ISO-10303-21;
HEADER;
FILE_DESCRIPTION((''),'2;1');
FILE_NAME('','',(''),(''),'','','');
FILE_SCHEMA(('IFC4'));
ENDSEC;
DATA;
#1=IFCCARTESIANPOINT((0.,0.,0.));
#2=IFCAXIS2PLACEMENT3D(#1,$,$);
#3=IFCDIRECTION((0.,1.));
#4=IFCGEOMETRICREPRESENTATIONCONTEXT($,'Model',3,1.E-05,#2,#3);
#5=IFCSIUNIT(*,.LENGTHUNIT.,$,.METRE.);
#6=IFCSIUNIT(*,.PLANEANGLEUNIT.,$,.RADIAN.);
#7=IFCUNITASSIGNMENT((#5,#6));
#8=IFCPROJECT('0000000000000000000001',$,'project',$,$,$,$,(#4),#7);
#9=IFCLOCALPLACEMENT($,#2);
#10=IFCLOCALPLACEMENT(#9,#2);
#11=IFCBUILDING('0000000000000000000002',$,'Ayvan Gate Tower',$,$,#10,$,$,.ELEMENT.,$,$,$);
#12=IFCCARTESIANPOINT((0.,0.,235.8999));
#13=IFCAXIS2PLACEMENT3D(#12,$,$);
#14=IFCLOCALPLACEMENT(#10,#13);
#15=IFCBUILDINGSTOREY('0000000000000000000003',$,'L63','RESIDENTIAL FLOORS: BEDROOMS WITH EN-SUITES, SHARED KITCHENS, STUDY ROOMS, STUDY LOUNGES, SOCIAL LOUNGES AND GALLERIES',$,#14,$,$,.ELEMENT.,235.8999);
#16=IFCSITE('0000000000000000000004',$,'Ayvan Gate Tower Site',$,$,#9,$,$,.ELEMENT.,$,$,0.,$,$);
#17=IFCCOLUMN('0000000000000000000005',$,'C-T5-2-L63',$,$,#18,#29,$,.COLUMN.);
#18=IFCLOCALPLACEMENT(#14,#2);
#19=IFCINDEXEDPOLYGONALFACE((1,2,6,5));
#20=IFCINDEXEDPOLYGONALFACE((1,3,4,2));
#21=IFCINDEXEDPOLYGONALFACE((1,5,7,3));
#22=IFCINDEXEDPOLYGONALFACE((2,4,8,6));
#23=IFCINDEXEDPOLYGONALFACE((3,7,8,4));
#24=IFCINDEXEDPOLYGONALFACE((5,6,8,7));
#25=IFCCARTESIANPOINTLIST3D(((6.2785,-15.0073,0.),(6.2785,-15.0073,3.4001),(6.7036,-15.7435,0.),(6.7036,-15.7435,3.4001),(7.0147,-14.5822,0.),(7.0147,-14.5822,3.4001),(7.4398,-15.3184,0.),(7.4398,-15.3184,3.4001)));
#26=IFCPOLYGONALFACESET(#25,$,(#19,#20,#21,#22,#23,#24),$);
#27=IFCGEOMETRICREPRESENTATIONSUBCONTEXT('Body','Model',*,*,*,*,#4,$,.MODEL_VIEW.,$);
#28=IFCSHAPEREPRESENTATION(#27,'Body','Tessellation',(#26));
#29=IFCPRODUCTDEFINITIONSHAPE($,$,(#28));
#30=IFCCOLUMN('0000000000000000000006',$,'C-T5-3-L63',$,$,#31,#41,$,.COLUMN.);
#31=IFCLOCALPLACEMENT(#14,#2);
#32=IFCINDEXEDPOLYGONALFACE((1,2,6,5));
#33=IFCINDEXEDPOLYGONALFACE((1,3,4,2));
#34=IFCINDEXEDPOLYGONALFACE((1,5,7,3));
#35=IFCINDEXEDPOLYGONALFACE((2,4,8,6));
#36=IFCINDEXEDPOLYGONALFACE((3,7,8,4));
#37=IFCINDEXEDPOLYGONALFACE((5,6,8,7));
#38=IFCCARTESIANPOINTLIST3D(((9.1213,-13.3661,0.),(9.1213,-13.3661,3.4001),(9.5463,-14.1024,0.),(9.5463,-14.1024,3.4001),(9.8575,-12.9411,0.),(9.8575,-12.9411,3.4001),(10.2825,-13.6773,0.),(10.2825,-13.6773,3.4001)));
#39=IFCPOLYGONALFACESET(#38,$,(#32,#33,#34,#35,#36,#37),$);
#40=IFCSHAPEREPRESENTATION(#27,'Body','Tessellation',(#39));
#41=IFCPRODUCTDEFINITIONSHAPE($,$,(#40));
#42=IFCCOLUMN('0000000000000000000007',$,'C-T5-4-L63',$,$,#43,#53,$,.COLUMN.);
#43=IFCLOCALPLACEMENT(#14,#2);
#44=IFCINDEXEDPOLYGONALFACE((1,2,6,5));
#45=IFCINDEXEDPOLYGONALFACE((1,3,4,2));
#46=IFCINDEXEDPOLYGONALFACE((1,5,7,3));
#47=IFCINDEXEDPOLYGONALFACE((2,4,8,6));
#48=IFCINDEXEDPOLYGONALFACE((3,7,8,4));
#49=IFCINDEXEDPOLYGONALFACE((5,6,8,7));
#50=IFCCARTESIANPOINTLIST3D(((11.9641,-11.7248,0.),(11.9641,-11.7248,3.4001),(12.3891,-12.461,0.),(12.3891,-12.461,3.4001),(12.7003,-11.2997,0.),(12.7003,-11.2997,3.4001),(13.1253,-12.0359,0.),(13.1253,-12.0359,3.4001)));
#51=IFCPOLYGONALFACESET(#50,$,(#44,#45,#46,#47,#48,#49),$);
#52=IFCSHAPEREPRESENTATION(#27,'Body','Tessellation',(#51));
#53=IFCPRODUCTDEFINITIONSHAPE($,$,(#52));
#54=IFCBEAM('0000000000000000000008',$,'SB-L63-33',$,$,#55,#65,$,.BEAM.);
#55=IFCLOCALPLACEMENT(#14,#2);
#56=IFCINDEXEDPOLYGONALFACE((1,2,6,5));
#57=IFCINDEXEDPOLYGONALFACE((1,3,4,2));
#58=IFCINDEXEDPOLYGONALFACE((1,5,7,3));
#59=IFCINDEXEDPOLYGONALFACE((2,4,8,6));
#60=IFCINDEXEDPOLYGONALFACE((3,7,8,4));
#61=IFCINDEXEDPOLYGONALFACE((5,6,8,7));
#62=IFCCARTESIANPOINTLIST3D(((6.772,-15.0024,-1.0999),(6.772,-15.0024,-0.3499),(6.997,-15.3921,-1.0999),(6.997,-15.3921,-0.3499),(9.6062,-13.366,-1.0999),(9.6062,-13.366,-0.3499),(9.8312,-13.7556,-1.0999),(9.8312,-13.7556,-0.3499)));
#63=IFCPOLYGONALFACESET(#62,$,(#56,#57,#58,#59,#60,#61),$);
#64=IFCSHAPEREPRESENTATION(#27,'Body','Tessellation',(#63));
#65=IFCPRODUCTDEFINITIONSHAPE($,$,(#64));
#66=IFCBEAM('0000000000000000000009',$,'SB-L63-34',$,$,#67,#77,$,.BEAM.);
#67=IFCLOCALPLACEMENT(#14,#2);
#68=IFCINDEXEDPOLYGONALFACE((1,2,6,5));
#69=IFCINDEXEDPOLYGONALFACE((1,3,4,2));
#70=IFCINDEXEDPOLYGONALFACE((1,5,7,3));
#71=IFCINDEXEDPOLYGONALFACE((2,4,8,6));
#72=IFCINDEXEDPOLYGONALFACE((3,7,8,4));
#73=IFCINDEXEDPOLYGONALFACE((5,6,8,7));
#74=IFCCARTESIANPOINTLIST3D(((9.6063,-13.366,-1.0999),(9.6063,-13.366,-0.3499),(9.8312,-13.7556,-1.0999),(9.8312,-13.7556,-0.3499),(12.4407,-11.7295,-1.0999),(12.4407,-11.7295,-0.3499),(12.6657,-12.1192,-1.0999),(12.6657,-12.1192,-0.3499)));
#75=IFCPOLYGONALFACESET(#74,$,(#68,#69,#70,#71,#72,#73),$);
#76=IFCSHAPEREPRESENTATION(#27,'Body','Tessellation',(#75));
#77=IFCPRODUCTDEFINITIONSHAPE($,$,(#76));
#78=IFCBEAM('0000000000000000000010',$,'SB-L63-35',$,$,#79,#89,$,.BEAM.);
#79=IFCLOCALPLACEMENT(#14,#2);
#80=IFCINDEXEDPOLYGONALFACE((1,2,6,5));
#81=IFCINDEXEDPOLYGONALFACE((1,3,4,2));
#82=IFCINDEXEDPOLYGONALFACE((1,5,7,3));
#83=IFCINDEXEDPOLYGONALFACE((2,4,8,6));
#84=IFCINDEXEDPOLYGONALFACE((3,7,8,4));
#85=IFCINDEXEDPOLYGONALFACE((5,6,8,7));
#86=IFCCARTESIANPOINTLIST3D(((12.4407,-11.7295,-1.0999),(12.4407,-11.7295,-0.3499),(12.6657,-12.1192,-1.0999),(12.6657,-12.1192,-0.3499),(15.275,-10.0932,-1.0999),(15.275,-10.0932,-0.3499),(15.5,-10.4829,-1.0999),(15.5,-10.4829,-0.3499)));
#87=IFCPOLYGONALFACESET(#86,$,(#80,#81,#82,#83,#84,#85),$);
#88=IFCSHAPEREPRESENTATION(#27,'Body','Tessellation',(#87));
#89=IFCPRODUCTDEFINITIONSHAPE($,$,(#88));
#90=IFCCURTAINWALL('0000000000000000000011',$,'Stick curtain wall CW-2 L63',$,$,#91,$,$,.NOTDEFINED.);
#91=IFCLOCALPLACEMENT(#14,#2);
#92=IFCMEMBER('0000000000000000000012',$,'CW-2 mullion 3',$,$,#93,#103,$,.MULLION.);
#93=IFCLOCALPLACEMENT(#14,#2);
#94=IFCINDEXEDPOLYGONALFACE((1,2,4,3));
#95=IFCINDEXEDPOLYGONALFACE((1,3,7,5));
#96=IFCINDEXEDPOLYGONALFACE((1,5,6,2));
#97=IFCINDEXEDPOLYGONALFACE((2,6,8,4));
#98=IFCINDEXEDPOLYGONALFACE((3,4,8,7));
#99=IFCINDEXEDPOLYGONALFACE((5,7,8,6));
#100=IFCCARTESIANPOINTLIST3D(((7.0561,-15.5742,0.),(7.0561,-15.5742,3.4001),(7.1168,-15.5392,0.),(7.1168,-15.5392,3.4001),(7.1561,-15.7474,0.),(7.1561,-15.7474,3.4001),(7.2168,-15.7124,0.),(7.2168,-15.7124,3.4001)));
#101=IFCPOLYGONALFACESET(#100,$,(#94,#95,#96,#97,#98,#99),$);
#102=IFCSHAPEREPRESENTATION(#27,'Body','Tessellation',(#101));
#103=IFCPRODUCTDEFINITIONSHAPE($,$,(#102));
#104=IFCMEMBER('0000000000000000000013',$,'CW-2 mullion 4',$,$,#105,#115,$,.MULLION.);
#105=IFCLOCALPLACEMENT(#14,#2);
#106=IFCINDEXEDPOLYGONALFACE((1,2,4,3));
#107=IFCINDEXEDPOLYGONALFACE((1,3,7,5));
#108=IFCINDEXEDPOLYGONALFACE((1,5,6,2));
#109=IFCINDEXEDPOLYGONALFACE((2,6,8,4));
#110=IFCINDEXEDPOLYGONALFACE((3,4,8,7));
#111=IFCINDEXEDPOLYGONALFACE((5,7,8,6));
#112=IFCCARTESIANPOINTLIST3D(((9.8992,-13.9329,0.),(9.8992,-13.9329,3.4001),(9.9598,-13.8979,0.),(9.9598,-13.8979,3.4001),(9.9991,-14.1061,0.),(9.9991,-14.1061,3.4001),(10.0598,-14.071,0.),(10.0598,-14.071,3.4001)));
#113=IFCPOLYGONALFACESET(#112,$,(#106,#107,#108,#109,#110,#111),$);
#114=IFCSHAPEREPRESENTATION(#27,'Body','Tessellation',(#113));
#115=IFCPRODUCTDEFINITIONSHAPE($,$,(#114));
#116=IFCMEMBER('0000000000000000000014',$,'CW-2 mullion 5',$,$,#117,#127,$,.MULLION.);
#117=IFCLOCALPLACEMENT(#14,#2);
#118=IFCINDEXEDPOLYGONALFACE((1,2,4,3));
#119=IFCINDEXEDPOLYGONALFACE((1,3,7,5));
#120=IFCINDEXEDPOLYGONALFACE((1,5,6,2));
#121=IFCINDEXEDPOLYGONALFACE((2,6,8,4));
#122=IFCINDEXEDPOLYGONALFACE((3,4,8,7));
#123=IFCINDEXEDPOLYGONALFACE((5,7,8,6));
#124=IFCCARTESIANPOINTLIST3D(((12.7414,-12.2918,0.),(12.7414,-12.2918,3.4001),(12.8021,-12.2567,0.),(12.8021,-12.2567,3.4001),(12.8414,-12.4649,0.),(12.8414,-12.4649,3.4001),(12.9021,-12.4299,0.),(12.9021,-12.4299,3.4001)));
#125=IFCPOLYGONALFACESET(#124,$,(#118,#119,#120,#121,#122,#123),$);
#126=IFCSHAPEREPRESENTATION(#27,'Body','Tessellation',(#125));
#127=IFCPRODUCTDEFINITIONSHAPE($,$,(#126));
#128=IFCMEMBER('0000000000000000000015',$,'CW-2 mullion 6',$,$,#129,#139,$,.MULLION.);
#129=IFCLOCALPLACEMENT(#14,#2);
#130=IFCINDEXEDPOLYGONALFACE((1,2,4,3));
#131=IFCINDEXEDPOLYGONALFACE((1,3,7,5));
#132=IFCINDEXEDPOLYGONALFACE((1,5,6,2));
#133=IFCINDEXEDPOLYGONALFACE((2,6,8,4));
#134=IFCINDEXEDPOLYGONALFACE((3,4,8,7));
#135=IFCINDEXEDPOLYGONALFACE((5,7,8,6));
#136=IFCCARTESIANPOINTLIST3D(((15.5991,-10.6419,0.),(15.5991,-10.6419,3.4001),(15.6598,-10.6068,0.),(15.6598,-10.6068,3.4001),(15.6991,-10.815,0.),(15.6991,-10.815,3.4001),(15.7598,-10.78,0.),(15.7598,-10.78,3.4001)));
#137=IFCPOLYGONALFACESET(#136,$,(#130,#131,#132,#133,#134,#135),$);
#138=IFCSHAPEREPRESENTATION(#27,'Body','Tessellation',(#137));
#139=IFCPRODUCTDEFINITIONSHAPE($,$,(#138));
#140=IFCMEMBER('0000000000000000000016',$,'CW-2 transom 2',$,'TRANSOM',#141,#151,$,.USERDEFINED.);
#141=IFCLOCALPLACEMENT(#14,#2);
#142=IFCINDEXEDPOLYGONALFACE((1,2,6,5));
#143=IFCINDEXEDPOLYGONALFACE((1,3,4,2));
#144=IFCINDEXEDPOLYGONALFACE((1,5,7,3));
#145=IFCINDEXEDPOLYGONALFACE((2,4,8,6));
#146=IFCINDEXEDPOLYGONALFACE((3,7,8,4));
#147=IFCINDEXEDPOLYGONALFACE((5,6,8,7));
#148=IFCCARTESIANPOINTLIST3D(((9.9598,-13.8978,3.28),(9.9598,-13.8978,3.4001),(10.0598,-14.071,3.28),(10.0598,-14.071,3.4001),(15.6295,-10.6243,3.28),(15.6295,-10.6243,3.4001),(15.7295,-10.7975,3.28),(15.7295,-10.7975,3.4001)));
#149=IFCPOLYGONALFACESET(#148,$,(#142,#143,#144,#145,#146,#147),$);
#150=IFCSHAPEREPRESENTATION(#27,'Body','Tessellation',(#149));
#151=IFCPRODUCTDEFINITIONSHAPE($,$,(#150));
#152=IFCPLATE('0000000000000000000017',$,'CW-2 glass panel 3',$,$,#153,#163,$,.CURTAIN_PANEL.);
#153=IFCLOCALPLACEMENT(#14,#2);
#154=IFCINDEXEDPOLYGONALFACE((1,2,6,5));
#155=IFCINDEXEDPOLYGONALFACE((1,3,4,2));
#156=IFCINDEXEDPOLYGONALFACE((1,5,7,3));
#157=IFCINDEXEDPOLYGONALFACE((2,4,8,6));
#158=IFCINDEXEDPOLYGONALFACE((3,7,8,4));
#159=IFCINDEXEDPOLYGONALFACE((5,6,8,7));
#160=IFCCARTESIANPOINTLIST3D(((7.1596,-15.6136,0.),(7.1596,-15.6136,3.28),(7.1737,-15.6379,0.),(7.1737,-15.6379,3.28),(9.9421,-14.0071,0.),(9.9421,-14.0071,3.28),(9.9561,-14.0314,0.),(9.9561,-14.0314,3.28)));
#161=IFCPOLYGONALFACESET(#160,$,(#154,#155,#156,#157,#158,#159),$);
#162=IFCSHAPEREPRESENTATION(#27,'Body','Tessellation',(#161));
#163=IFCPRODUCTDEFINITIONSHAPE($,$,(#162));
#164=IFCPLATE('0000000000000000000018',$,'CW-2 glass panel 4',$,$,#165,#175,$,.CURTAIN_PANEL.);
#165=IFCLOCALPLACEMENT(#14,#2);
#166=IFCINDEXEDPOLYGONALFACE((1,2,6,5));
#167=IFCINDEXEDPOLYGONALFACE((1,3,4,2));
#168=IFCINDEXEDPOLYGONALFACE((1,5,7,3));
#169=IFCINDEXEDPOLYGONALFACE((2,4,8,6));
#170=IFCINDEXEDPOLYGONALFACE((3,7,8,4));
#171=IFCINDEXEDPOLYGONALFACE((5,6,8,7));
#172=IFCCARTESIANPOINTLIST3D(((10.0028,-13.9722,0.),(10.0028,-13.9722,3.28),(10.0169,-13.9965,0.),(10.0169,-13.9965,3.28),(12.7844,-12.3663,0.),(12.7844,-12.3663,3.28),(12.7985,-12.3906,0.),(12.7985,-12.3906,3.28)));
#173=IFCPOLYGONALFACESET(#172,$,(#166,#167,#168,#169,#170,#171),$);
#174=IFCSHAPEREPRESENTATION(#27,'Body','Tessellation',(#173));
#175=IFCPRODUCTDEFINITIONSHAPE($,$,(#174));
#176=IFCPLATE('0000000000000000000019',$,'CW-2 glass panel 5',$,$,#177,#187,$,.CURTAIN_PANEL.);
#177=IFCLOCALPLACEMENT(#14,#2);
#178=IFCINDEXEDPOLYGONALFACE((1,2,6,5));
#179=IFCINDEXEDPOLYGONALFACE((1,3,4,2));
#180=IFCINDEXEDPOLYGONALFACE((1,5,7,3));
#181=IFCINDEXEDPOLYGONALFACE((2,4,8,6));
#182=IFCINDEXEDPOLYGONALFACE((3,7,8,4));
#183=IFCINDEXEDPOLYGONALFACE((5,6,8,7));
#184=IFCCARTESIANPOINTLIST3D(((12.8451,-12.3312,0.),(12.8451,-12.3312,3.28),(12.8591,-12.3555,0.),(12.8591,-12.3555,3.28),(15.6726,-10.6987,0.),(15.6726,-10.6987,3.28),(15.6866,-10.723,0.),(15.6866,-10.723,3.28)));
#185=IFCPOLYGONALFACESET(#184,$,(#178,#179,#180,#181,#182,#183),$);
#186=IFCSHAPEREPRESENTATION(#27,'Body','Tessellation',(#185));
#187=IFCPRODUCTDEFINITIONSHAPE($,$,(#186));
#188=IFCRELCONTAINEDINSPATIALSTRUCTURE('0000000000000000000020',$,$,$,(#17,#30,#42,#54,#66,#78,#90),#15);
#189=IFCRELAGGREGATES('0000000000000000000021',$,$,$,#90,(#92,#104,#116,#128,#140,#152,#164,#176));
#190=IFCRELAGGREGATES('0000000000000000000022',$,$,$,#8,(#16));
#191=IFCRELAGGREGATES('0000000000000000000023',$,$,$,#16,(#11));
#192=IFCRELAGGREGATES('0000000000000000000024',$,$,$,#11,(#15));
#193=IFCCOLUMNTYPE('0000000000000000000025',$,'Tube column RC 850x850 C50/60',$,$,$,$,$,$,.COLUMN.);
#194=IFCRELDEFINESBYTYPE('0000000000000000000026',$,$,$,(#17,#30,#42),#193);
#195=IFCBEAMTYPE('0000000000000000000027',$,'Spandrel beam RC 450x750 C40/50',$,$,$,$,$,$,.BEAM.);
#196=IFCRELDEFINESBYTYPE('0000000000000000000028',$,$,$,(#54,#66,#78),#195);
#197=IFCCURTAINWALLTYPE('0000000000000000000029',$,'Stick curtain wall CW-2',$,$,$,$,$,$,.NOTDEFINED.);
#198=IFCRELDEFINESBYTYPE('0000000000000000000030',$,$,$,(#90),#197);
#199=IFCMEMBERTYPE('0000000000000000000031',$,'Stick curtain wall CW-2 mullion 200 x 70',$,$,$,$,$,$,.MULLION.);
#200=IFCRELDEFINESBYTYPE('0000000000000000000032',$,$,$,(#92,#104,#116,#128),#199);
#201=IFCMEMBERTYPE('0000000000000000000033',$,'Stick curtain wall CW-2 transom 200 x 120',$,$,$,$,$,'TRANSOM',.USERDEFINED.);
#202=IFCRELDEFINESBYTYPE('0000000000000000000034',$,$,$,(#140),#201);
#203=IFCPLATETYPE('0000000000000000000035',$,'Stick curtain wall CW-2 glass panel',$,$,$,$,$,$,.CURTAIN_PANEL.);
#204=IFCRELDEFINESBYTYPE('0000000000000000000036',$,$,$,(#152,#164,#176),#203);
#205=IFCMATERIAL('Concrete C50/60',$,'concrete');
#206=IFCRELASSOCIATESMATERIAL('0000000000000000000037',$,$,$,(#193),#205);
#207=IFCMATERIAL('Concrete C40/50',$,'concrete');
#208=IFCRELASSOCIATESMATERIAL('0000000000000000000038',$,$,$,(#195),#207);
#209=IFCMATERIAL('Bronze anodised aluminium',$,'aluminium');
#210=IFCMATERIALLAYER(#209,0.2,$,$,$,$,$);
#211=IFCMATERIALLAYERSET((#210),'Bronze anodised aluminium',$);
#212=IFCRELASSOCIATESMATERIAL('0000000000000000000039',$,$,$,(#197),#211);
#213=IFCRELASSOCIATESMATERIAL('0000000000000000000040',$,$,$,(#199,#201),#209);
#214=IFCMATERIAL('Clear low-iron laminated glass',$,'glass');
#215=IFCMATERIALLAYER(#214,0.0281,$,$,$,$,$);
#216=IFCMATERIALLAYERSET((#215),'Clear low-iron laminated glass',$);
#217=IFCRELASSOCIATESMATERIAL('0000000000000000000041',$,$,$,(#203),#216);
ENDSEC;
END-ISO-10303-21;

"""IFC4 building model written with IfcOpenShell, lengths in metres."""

from ifc_helpers import new_model, si_unit, direction, frame, origin, origin_2d, place, context, subcontext, project, spatial, rectangle, extrude, material, layer, layer_set, material_profile, profile_set, type_object, element, aggregate, save


model = new_model("IFC4")

# Units and contexts
model_context = context("Model", 3, precision=1e-05, world=origin(), true_north=direction((0.0, 1.0)))
body_context = subcontext(model_context, "Body", "Model", "MODEL_VIEW")
ifc_project = project(units=[si_unit("LENGTHUNIT", "METRE"), si_unit("PLANEANGLEUNIT", "RADIAN")], contexts=[model_context])

# Site, building, storey
site_placement = place(None, origin())
site = spatial("IfcSite", under=ifc_project, at=site_placement, Name="Ayvan Gate Tower Site", CompositionType="ELEMENT", RefElevation=0.0)
building_placement = place(site_placement, origin())
building = spatial("IfcBuilding", under=site, at=building_placement, Name="Ayvan Gate Tower", CompositionType="ELEMENT")
storey_placement = place(building_placement, frame((0.0, 0.0, 235.8999)))
storey = spatial("IfcBuildingStorey", under=building, at=storey_placement, Name="L63", Description="RESIDENTIAL FLOORS: BEDROOMS WITH EN-SUITES, SHARED KITCHENS, STUDY ROOMS, STUDY LOUNGES, SOCIAL LOUNGES AND GALLERIES", CompositionType="ELEMENT", Elevation=235.8999)

# Columns
ifc_material_1 = material(Name="Concrete C50/60", Category="concrete")
ifc_material_profile_1 = material_profile(ifc_material_1, rectangle(XDim=0.8501, YDim=0.8501, at=origin_2d()), Name="RC 850x850")
ifc_profile_set_1 = profile_set([ifc_material_profile_1], Name="Concrete C50/60")
column_type = type_object("IfcColumnType", Name="Tube column RC 850x850 C50/60", PredefinedType="COLUMN", material=ifc_profile_set_1)
for number, where, z_axis, x_axis, name in (
    (1, (6.8591, -15.1628, 0.0), (0.0, 0.0, 1.0), (0.5, -0.866025, 0.0), "C-T5-2-L63"),
    (2, (9.7019, -13.5217, 0.0), (0.0, 0.0, 1.0), (0.5, -0.866025, 0.0), "C-T5-3-L63"),
    (3, (12.5447, -11.8804, 0.0), (0.0, 0.0, 1.0), (0.5, -0.866025, 0.0), "C-T5-4-L63"),
):
    element("IfcColumn", number, at=place(storey_placement, frame(where, z_axis=z_axis, x_axis=x_axis)), inside=storey, type_object=column_type, Name=name, PredefinedType="COLUMN", context=body_context, shape_type="SweptSolid", body=[
        extrude(rectangle(XDim=0.8501, YDim=0.8501, at=origin_2d()), origin(), (0.0, 0.0, 1.0), 3.4001),
    ])

# Beams
ifc_material_2 = material(Name="Concrete C40/50", Category="concrete")
ifc_material_profile_2 = material_profile(ifc_material_2, rectangle(XDim=0.45, YDim=0.75, at=origin_2d()), Name="RC 450x750")
ifc_profile_set_2 = profile_set([ifc_material_profile_2], Name="Concrete C40/50")
beam_type = type_object("IfcBeamType", Name="Spandrel beam RC 450x750 C40/50", PredefinedType="BEAM", material=ifc_profile_set_2)
beam_1_placement = place(storey_placement, frame((6.8845, -15.1973, -0.7249), z_axis=(0.866008, 0.50003, 0.0), x_axis=(-0.50003, 0.866008, 0.0)))
element("IfcBeam", 4, at=beam_1_placement, inside=storey, type_object=beam_type, Name="SB-L63-33", PredefinedType="BEAM", context=body_context, shape_type="SweptSolid", body=[
    extrude(rectangle(XDim=0.45, YDim=0.75, at=origin_2d()), origin(), (0.0, 0.0, 1.0), 3.2727),
])
beam_2_placement = place(storey_placement, frame((9.7188, -13.5608, -0.7249), z_axis=(0.866027, 0.499998, 0.0), x_axis=(-0.499998, 0.866027, 0.0)))
element("IfcBeam", 5, at=beam_2_placement, inside=storey, type_object=beam_type, Name="SB-L63-34", PredefinedType="BEAM", context=body_context, shape_type="SweptSolid", body=[
    extrude(rectangle(XDim=0.45, YDim=0.75, at=origin_2d()), origin(), (0.0, 0.0, 1.0), 3.2729),
])
beam_3_placement = place(storey_placement, frame((12.5532, -11.9243, -0.7249), z_axis=(0.86604, 0.499974, 0.0), x_axis=(-0.499974, 0.86604, 0.0)))
element("IfcBeam", 6, at=beam_3_placement, inside=storey, type_object=beam_type, Name="SB-L63-35", PredefinedType="BEAM", context=body_context, shape_type="SweptSolid", body=[
    extrude(rectangle(XDim=0.45, YDim=0.75, at=origin_2d()), origin(), (0.0, 0.0, 1.0), 3.2727),
])

# Curtain wall, members, plates
ifc_material_3 = material(Name="Bronze anodised aluminium", Category="aluminium")
ifc_layer_1 = layer(ifc_material_3, 0.2)
ifc_layer_set_1 = layer_set([ifc_layer_1], Name="Bronze anodised aluminium")
curtain_wall_type = type_object("IfcCurtainWallType", Name="Stick curtain wall CW-2", PredefinedType="NOTDEFINED", material=ifc_layer_set_1)
curtain_wall_placement = place(storey_placement, origin())
curtain_wall = element("IfcCurtainWall", 7, at=curtain_wall_placement, inside=storey, type_object=curtain_wall_type, Name="Stick curtain wall CW-2 L63", PredefinedType="NOTDEFINED")
ifc_material_profile_3 = material_profile(ifc_material_3, rectangle(XDim=0.2, YDim=0.0701, at=origin_2d()), Name="Stick curtain wall CW-2 mullion 200 x 70")
ifc_profile_set_3 = profile_set([ifc_material_profile_3], Name="Bronze anodised aluminium")
member_type_1 = type_object("IfcMemberType", Name="Stick curtain wall CW-2 mullion 200 x 70", PredefinedType="MULLION", material=ifc_profile_set_3)
member_1_placement = place(storey_placement, frame((7.1365, -15.6433, 0.0), z_axis=(0.0, 0.0, 1.0), x_axis=(0.5, -0.866025, 0.0)))
member_1 = element("IfcMember", 8, at=member_1_placement, type_object=member_type_1, Name="CW-2 mullion 3", PredefinedType="MULLION", context=body_context, shape_type="SweptSolid", body=[
    extrude(rectangle(XDim=0.2, YDim=0.0701, at=origin_2d()), origin(), (0.0, 0.0, 1.0), 3.4001),
])
member_2_placement = place(storey_placement, frame((9.9795, -14.002, 0.0), z_axis=(0.0, 0.0, 1.0), x_axis=(0.5, -0.866025, 0.0)))
member_2 = element("IfcMember", 9, at=member_2_placement, type_object=member_type_1, Name="CW-2 mullion 4", PredefinedType="MULLION", context=body_context, shape_type="SweptSolid", body=[
    extrude(rectangle(XDim=0.2, YDim=0.0701, at=origin_2d()), origin(), (0.0, 0.0, 1.0), 3.4001),
])
member_3_placement = place(storey_placement, frame((12.8218, -12.3608, 0.0), z_axis=(0.0, 0.0, 1.0), x_axis=(0.5, -0.866025, 0.0)))
member_3 = element("IfcMember", 10, at=member_3_placement, type_object=member_type_1, Name="CW-2 mullion 5", PredefinedType="MULLION", context=body_context, shape_type="SweptSolid", body=[
    extrude(rectangle(XDim=0.2, YDim=0.0701, at=origin_2d()), origin(), (0.0, 0.0, 1.0), 3.4001),
])
member_4_placement = place(storey_placement, frame((15.6794, -10.7109, 0.0), z_axis=(0.0, 0.0, 1.0), x_axis=(0.5, -0.866025, 0.0)))
member_4 = element("IfcMember", 11, at=member_4_placement, type_object=member_type_1, Name="CW-2 mullion 6", PredefinedType="MULLION", context=body_context, shape_type="SweptSolid", body=[
    extrude(rectangle(XDim=0.2, YDim=0.0701, at=origin_2d()), origin(), (0.0, 0.0, 1.0), 3.4001),
])
ifc_material_profile_4 = material_profile(ifc_material_3, rectangle(XDim=0.2, YDim=0.1201, at=origin_2d()), Name="Stick curtain wall CW-2 transom 200 x 120")
ifc_profile_set_4 = profile_set([ifc_material_profile_4], Name="Bronze anodised aluminium")
member_type_2 = type_object("IfcMemberType", Name="Stick curtain wall CW-2 transom 200 x 120", ElementType="TRANSOM", PredefinedType="USERDEFINED", material=ifc_profile_set_4)
member_5_placement = place(storey_placement, frame((10.0098, -13.9844, 3.3401), z_axis=(0.866022, 0.500005, 0.0), x_axis=(-0.500005, 0.866022, 0.0)))
member_5 = element("IfcMember", 12, at=member_5_placement, type_object=member_type_2, Name="CW-2 transom 2", ObjectType="TRANSOM", PredefinedType="USERDEFINED", context=body_context, shape_type="SweptSolid", body=[
    extrude(rectangle(XDim=0.2, YDim=0.1201, at=origin_2d()), origin(), (0.0, 0.0, 1.0), 6.5469),
])
ifc_material_4 = material(Name="Clear low-iron laminated glass", Category="glass")
ifc_layer_2 = layer(ifc_material_4, 0.0281)
ifc_layer_set_2 = layer_set([ifc_layer_2], Name="Clear low-iron laminated glass")
plate_type = type_object("IfcPlateType", Name="Stick curtain wall CW-2 glass panel", PredefinedType="CURTAIN_PANEL", material=ifc_layer_set_2)
plate_1_placement = place(storey_placement, frame((8.5579, -14.8225, 0.0), z_axis=(0.0, 0.0, 1.0), x_axis=(0.866025, 0.5, 0.0)))
plate_1 = element("IfcPlate", 13, at=plate_1_placement, type_object=plate_type, Name="CW-2 glass panel 3", PredefinedType="CURTAIN_PANEL", context=body_context, shape_type="SweptSolid", body=[
    extrude(rectangle(XDim=3.2129, YDim=0.0281, at=origin_2d()), origin(), (0.0, 0.0, 1.0), 3.28),
])
plate_2_placement = place(storey_placement, frame((11.4006, -13.1814, 0.0), z_axis=(0.0, 0.0, 1.0), x_axis=(0.866025, 0.5, 0.0)))
plate_2 = element("IfcPlate", 14, at=plate_2_placement, type_object=plate_type, Name="CW-2 glass panel 4", PredefinedType="CURTAIN_PANEL", context=body_context, shape_type="SweptSolid", body=[
    extrude(rectangle(XDim=3.2119, YDim=0.0281, at=origin_2d()), origin(), (0.0, 0.0, 1.0), 3.28),
])
plate_3_placement = place(storey_placement, frame((14.2659, -11.5271, 0.0), z_axis=(0.0, 0.0, 1.0), x_axis=(0.866025, 0.5, 0.0)))
plate_3 = element("IfcPlate", 15, at=plate_3_placement, type_object=plate_type, Name="CW-2 glass panel 5", PredefinedType="CURTAIN_PANEL", context=body_context, shape_type="SweptSolid", body=[
    extrude(rectangle(XDim=3.2649, YDim=0.0281, at=origin_2d()), origin(), (0.0, 0.0, 1.0), 3.28),
])
aggregate(curtain_wall, [member_1, member_2, member_3, member_4, member_5, plate_1, plate_2, plate_3])

save(model, "model.ifc")
